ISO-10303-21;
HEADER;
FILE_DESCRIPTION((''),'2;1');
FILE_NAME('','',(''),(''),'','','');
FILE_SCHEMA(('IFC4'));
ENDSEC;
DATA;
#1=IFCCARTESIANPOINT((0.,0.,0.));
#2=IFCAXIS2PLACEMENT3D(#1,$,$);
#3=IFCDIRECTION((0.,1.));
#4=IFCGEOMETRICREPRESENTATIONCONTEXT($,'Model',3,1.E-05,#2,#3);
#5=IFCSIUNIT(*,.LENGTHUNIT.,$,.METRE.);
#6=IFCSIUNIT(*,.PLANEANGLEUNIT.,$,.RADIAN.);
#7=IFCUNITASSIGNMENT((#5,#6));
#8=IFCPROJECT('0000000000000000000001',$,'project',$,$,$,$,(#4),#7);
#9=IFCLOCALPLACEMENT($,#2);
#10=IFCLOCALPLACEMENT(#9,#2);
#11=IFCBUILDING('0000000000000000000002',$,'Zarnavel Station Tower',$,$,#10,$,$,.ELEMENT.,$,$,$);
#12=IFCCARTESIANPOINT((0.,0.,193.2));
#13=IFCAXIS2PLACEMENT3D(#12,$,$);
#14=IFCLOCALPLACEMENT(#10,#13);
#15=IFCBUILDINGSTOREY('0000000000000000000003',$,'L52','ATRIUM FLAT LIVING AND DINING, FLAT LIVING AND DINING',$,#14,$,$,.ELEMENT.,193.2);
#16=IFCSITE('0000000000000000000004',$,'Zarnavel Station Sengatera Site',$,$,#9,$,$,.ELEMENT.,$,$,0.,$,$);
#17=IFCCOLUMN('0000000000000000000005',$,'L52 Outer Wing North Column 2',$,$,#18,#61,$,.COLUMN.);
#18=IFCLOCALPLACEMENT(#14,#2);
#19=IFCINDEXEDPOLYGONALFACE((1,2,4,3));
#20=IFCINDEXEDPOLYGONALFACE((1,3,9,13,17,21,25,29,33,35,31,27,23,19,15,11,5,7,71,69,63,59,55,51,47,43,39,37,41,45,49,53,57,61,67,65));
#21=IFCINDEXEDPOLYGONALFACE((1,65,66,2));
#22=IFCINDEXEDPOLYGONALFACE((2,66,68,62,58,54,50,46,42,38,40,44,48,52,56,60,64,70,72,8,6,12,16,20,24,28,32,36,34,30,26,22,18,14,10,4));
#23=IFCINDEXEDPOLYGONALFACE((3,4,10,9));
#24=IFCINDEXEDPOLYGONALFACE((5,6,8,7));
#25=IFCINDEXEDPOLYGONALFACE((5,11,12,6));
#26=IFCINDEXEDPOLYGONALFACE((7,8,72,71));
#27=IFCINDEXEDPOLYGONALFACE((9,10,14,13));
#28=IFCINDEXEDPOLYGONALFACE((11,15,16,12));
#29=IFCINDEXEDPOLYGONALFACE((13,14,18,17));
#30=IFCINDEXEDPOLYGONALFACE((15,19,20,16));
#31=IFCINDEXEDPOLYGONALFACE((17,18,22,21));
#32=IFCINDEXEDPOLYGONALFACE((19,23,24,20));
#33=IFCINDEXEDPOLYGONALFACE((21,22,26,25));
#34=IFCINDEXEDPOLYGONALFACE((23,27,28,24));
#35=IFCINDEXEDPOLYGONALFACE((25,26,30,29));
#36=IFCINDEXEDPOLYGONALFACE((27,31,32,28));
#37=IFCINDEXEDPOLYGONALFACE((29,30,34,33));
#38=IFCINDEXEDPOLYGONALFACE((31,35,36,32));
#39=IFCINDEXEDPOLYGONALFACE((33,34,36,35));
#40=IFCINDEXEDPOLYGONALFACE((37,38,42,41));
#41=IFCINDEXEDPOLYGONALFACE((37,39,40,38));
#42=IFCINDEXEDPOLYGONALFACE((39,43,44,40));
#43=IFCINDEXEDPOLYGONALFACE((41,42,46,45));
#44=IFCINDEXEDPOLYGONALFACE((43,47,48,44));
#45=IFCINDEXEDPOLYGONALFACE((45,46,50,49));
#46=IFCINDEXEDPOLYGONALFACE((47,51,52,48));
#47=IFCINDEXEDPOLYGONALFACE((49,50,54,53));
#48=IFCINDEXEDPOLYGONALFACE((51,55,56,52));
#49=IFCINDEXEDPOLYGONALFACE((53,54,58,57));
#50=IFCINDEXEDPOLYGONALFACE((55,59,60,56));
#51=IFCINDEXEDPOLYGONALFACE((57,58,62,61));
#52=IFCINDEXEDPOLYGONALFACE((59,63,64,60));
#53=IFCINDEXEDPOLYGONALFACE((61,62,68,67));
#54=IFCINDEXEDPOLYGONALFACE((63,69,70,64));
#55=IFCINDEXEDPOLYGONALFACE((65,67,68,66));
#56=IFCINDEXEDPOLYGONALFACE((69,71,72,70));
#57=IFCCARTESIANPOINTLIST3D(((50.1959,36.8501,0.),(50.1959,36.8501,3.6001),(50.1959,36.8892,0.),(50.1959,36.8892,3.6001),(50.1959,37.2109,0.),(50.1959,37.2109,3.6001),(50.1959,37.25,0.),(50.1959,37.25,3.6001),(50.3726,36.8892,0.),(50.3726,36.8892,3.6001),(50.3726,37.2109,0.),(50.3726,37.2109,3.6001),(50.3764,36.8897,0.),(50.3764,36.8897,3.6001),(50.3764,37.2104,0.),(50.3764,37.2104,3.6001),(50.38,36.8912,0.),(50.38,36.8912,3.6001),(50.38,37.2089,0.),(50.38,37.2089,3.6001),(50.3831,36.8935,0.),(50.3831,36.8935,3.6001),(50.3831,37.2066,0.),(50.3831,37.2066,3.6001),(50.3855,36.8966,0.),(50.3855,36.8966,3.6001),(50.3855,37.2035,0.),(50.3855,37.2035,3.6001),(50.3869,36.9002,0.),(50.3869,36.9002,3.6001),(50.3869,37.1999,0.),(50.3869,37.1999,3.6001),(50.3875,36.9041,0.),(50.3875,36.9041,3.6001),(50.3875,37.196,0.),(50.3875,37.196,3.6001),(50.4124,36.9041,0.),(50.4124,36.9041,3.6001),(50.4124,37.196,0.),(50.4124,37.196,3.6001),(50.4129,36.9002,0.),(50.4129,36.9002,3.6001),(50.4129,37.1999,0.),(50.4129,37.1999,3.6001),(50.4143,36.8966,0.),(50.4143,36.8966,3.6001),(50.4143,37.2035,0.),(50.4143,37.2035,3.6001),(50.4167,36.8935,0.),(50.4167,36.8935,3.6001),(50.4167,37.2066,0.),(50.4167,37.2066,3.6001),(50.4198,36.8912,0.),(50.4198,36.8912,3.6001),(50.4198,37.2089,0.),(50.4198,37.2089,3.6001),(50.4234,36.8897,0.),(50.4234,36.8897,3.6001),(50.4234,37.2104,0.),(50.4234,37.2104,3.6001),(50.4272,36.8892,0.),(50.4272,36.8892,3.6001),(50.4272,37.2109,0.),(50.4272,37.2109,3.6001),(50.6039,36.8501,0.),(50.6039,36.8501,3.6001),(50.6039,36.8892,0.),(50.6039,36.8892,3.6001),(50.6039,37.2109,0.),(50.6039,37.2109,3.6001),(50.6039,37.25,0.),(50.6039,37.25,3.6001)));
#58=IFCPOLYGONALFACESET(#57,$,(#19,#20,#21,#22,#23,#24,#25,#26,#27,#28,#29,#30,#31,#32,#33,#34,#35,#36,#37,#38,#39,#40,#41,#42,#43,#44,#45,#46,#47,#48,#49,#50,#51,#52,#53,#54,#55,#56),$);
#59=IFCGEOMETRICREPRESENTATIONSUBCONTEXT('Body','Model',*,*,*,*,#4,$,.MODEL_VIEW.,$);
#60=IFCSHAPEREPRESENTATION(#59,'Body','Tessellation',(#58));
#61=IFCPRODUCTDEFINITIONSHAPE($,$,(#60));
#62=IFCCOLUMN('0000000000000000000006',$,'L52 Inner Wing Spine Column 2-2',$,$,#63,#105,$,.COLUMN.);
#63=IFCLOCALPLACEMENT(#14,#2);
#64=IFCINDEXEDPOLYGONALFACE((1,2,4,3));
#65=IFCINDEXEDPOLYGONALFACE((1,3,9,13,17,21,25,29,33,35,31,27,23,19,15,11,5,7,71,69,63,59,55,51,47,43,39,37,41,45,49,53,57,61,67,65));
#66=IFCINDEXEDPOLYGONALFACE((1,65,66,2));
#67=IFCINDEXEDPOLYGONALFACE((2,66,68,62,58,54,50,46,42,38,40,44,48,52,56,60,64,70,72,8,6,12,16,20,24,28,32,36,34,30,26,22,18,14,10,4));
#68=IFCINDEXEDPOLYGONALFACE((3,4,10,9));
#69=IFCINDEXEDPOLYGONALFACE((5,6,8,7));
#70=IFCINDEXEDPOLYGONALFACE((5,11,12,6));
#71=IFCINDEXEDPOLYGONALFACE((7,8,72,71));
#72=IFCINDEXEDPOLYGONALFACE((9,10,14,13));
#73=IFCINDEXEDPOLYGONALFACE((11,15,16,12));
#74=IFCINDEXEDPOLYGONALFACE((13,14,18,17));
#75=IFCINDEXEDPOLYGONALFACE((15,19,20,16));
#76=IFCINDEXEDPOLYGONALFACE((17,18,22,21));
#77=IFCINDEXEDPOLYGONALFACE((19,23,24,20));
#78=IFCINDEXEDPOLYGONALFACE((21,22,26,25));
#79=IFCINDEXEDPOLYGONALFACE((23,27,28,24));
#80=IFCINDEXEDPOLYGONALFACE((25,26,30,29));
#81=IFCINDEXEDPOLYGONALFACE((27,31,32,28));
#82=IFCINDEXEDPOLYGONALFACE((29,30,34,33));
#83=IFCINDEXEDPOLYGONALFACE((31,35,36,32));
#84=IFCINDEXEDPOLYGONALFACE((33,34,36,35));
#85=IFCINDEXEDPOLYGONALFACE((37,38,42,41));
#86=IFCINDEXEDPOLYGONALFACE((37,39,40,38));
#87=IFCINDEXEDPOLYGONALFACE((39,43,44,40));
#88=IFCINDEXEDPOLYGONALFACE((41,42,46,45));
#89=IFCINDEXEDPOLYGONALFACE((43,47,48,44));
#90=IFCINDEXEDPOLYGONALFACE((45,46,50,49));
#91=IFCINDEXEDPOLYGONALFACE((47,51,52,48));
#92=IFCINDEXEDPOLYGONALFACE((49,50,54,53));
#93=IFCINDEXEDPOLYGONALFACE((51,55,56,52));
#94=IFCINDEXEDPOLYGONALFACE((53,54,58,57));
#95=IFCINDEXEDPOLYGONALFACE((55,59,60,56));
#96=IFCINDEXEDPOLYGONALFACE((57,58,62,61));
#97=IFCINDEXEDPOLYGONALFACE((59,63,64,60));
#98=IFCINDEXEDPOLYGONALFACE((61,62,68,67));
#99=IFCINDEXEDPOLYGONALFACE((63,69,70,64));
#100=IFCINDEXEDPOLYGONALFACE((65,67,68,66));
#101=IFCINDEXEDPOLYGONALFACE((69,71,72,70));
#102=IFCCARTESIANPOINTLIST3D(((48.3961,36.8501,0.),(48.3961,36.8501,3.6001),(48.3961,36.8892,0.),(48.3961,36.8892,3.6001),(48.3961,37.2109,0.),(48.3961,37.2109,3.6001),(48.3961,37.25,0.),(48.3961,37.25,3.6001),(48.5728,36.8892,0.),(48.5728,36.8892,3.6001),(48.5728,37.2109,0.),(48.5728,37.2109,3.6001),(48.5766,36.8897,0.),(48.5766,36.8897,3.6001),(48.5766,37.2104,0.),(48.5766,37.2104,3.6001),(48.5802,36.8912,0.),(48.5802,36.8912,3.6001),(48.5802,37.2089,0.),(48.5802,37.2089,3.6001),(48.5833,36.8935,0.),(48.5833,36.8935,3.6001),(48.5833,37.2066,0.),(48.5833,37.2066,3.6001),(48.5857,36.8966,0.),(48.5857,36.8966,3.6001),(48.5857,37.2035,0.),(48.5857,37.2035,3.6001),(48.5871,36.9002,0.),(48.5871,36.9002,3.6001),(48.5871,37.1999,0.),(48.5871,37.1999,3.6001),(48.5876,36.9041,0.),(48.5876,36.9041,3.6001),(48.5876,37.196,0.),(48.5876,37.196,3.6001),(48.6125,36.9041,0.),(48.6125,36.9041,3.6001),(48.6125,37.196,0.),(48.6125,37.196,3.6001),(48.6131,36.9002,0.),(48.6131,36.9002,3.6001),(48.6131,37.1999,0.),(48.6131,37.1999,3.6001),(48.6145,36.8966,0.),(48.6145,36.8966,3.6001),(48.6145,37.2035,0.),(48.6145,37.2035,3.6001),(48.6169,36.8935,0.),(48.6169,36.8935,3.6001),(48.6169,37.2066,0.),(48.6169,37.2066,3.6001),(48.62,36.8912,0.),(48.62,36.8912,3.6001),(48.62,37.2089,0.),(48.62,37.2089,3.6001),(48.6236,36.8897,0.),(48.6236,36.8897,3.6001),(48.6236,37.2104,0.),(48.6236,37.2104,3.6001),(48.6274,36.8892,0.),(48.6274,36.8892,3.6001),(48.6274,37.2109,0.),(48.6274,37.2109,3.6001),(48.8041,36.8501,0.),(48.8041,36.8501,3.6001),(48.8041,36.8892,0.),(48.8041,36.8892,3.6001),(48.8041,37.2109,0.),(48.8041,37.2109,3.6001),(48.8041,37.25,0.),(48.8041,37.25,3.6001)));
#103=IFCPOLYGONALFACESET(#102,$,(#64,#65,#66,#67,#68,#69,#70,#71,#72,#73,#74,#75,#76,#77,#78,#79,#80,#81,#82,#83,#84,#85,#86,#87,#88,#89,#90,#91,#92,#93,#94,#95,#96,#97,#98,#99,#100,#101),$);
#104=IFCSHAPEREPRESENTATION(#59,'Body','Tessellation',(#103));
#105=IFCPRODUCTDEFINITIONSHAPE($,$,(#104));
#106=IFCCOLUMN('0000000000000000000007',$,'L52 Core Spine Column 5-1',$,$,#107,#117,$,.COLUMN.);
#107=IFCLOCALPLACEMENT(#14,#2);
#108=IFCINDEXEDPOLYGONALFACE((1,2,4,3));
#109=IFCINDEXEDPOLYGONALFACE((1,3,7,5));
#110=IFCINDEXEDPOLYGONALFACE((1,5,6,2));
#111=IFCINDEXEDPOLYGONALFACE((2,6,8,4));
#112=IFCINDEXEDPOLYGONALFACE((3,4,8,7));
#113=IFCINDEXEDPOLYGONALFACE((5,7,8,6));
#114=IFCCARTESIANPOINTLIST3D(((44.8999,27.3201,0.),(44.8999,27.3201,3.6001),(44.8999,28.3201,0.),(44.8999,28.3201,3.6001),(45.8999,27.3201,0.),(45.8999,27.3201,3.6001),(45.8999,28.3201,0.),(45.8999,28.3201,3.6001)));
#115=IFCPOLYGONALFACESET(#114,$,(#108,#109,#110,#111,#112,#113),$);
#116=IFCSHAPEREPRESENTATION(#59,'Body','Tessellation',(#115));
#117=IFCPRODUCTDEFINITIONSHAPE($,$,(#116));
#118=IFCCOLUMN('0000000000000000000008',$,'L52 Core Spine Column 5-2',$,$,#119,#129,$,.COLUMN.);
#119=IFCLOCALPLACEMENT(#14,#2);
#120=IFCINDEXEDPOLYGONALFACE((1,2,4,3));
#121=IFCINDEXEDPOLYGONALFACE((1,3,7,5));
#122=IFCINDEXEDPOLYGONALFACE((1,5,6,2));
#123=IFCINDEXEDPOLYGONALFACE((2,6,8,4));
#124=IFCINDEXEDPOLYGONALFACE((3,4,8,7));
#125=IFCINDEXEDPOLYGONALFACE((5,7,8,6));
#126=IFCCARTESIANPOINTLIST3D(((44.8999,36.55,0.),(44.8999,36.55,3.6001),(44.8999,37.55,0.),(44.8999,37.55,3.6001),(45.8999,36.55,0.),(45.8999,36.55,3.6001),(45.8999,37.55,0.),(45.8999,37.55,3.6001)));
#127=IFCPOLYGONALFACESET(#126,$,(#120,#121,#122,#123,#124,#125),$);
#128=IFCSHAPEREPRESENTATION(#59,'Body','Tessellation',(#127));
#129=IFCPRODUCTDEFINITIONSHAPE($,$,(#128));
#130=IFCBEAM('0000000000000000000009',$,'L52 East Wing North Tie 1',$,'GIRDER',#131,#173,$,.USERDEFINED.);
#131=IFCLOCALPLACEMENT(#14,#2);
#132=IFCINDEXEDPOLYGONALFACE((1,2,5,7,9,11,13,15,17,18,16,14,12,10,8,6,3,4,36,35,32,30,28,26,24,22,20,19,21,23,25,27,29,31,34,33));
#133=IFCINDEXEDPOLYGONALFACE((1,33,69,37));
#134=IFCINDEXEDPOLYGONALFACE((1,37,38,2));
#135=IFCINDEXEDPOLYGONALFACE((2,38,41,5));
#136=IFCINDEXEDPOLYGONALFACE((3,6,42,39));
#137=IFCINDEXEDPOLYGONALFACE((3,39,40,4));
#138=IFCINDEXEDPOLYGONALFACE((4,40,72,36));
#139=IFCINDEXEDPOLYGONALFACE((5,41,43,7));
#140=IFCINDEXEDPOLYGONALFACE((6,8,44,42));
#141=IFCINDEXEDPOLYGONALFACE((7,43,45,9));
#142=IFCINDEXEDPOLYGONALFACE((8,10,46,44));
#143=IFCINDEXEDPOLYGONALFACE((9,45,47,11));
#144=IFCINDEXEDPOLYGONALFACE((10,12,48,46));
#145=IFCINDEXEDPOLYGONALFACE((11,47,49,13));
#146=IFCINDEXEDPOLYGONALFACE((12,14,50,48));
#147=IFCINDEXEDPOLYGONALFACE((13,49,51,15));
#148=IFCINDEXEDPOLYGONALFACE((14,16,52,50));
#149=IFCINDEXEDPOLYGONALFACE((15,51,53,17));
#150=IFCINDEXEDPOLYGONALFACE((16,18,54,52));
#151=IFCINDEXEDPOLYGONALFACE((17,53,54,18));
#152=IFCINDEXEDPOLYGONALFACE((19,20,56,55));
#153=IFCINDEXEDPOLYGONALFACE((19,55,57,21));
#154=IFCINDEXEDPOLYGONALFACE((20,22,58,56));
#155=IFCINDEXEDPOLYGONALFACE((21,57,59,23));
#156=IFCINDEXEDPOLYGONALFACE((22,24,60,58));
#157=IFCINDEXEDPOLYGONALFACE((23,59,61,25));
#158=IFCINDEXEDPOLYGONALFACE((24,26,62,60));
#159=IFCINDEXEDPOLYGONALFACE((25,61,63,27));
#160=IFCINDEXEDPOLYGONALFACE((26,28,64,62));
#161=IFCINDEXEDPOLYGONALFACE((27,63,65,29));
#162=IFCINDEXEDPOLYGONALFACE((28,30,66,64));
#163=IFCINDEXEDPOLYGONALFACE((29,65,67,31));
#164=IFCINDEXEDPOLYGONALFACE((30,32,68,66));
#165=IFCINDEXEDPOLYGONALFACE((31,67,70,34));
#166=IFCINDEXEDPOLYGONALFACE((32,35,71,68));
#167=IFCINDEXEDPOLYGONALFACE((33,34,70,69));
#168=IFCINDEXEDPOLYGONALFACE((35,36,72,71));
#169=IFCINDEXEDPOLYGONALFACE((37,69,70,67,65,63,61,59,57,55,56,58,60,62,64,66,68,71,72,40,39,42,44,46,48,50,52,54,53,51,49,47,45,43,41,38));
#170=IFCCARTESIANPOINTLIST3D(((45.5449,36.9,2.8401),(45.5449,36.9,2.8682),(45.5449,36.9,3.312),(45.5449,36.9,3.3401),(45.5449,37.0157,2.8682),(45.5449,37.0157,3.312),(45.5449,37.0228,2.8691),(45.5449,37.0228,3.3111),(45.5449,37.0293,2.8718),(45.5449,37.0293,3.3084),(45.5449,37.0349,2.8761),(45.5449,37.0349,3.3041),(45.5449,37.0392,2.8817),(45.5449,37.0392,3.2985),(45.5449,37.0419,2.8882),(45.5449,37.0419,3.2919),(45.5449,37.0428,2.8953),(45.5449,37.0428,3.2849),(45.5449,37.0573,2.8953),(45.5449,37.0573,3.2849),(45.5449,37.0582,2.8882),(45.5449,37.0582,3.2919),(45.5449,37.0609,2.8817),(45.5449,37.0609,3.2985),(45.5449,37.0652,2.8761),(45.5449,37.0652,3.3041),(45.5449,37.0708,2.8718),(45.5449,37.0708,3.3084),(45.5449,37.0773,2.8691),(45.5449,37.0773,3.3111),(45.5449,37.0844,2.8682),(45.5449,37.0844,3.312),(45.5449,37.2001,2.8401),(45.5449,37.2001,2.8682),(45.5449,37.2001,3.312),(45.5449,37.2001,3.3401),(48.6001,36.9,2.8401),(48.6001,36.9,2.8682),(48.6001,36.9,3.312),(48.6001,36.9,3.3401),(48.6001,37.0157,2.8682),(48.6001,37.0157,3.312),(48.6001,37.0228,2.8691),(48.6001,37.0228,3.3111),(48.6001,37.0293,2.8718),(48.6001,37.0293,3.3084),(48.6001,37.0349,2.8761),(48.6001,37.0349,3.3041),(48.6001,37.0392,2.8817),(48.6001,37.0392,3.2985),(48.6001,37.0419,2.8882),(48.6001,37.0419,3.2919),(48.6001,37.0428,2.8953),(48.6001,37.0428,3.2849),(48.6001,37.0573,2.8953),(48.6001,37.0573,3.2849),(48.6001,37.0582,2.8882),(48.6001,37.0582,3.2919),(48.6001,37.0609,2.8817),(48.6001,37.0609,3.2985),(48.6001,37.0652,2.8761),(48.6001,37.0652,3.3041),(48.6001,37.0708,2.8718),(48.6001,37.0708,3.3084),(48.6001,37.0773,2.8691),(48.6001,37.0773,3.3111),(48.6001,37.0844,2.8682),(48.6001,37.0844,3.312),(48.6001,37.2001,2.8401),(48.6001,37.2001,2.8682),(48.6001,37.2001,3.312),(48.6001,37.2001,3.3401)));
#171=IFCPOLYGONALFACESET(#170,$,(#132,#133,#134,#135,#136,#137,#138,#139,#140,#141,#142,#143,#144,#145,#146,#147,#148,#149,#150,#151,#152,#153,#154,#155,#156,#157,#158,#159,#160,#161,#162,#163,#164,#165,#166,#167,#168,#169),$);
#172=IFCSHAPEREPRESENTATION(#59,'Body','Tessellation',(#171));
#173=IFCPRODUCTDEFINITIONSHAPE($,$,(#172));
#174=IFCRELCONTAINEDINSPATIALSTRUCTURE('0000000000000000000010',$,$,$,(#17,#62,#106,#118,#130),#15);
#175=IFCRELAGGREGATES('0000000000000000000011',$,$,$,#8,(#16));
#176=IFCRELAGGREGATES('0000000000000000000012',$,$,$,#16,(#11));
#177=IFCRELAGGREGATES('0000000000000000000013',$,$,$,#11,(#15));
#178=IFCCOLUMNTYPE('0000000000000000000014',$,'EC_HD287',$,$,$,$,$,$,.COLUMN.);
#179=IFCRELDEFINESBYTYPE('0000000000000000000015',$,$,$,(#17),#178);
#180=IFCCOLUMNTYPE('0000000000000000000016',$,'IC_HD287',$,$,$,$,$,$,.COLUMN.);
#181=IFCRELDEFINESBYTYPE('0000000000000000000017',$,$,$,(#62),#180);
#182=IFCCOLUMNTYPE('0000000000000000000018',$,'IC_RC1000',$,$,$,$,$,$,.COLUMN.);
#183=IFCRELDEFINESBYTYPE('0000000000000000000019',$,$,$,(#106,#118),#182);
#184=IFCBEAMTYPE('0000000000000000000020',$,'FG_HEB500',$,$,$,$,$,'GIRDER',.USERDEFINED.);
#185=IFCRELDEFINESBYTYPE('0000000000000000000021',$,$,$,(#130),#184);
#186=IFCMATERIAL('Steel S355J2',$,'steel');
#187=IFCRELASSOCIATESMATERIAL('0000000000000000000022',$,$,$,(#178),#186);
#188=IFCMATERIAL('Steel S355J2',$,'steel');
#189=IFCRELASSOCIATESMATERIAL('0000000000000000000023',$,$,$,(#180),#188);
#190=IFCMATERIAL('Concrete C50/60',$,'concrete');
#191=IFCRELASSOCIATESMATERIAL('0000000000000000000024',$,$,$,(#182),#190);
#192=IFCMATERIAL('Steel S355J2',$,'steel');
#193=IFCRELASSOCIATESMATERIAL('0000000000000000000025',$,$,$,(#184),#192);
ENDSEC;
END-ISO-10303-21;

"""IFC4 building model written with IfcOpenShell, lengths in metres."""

from ifc_helpers import new_model, si_unit, direction, frame, origin, origin_2d, place, context, subcontext, project, spatial, rectangle, i_section, extrude, material, material_profile, profile_set, type_object, element, save


model = new_model("IFC4")

# Units and contexts
model_context = context("Model", 3, precision=1e-05, world=origin(), true_north=direction((0.0, 1.0)))
body_context = subcontext(model_context, "Body", "Model", "MODEL_VIEW")
ifc_project = project(units=[si_unit("LENGTHUNIT", "METRE"), si_unit("PLANEANGLEUNIT", "RADIAN")], contexts=[model_context])

# Site, building, storey
site_placement = place(None, origin())
site = spatial("IfcSite", under=ifc_project, at=site_placement, Name="Zarnavel Station Sengatera Site", CompositionType="ELEMENT", RefElevation=0.0)
building_placement = place(site_placement, origin())
building = spatial("IfcBuilding", under=site, at=building_placement, Name="Zarnavel Station Tower", CompositionType="ELEMENT")
storey_placement = place(building_placement, frame((0.0, 0.0, 193.2)))
storey = spatial("IfcBuildingStorey", under=building, at=storey_placement, Name="L52", Description="ATRIUM FLAT LIVING AND DINING, FLAT LIVING AND DINING", CompositionType="ELEMENT", Elevation=193.2)

# Columns
ifc_material_1 = material(Name="Steel S355J2", Category="steel")
ifc_material_profile_1 = material_profile(ifc_material_1, i_section(OverallWidth=0.408, OverallDepth=0.3999, WebThickness=0.0249, FlangeThickness=0.0391, FilletRadius=0.0149, at=origin_2d()), Name="HD400x287")
ifc_profile_set_1 = profile_set([ifc_material_profile_1], Name="Steel S355J2")
column_type_1 = type_object("IfcColumnType", Name="EC_HD287", PredefinedType="COLUMN", material=ifc_profile_set_1)
column_1_placement = place(storey_placement, frame((50.3999, 37.05, 0.0), z_axis=(0.0, 0.0, 1.0), x_axis=(1.0, 0.0, 0.0)))
element("IfcColumn", 1, at=column_1_placement, inside=storey, type_object=column_type_1, Name="L52 Outer Wing North Column 2", PredefinedType="COLUMN", context=body_context, shape_type="SweptSolid", body=[
    extrude(i_section(OverallWidth=0.408, OverallDepth=0.3999, WebThickness=0.0249, FlangeThickness=0.0391, FilletRadius=0.0149, at=origin_2d()), origin(), (0.0, 0.0, 1.0), 3.6001),
])
ifc_material_2 = material(Name="Steel S355J2", Category="steel")
ifc_material_profile_2 = material_profile(ifc_material_2, i_section(OverallWidth=0.408, OverallDepth=0.3999, WebThickness=0.0249, FlangeThickness=0.0391, FilletRadius=0.0149, at=origin_2d()), Name="HD400x287")
ifc_profile_set_2 = profile_set([ifc_material_profile_2], Name="Steel S355J2")
column_type_2 = type_object("IfcColumnType", Name="IC_HD287", PredefinedType="COLUMN", material=ifc_profile_set_2)
column_2_placement = place(storey_placement, frame((48.6001, 37.05, 0.0), z_axis=(0.0, 0.0, 1.0), x_axis=(1.0, 0.0, 0.0)))
element("IfcColumn", 2, at=column_2_placement, inside=storey, type_object=column_type_2, Name="L52 Inner Wing Spine Column 2-2", PredefinedType="COLUMN", context=body_context, shape_type="SweptSolid", body=[
    extrude(i_section(OverallWidth=0.408, OverallDepth=0.3999, WebThickness=0.0249, FlangeThickness=0.0391, FilletRadius=0.0149, at=origin_2d()), origin(), (0.0, 0.0, 1.0), 3.6001),
])
ifc_material_3 = material(Name="Concrete C50/60", Category="concrete")
ifc_material_profile_3 = material_profile(ifc_material_3, rectangle(XDim=1.0, YDim=1.0, at=origin_2d()), Name="RC1000x1000")
ifc_profile_set_3 = profile_set([ifc_material_profile_3], Name="Concrete C50/60")
column_type_3 = type_object("IfcColumnType", Name="IC_RC1000", PredefinedType="COLUMN", material=ifc_profile_set_3)
for number, where, z_axis, x_axis, name in (
    (3, (45.3999, 27.8201, 0.0), (0.0, 0.0, 1.0), (1.0, 0.0, 0.0), "L52 Core Spine Column 5-1"),
    (4, (45.3999, 37.05, 0.0), (0.0, 0.0, 1.0), (1.0, 0.0, 0.0), "L52 Core Spine Column 5-2"),
):
    element("IfcColumn", number, at=place(storey_placement, frame(where, z_axis=z_axis, x_axis=x_axis)), inside=storey, type_object=column_type_3, Name=name, PredefinedType="COLUMN", context=body_context, shape_type="SweptSolid", body=[
        extrude(rectangle(XDim=1.0, YDim=1.0, at=origin_2d()), origin(), (0.0, 0.0, 1.0), 3.6001),
    ])

# Beam
ifc_material_4 = material(Name="Steel S355J2", Category="steel")
ifc_material_profile_4 = material_profile(ifc_material_4, i_section(OverallWidth=0.3, OverallDepth=0.5, WebThickness=0.0144, FlangeThickness=0.0281, FilletRadius=0.0271, at=origin_2d()), Name="HEB500")
ifc_profile_set_4 = profile_set([ifc_material_profile_4], Name="Steel S355J2")
beam_type_1 = type_object("IfcBeamType", Name="FG_HEB500", ElementType="GIRDER", PredefinedType="USERDEFINED", material=ifc_profile_set_4)
beam_1_placement = place(storey_placement, frame((45.5449, 37.05, 3.0901), z_axis=(1.0, 0.0, 0.0), x_axis=(0.0, 1.0, 0.0)))
element("IfcBeam", 5, at=beam_1_placement, inside=storey, type_object=beam_type_1, Name="L52 East Wing North Tie 1", ObjectType="GIRDER", PredefinedType="USERDEFINED", context=body_context, shape_type="SweptSolid", body=[
    extrude(i_section(OverallWidth=0.3, OverallDepth=0.5, WebThickness=0.0144, FlangeThickness=0.0281, FilletRadius=0.0271, at=origin_2d()), origin(), (0.0, 0.0, 1.0), 3.0552),
])

save(model, "model.ifc")
